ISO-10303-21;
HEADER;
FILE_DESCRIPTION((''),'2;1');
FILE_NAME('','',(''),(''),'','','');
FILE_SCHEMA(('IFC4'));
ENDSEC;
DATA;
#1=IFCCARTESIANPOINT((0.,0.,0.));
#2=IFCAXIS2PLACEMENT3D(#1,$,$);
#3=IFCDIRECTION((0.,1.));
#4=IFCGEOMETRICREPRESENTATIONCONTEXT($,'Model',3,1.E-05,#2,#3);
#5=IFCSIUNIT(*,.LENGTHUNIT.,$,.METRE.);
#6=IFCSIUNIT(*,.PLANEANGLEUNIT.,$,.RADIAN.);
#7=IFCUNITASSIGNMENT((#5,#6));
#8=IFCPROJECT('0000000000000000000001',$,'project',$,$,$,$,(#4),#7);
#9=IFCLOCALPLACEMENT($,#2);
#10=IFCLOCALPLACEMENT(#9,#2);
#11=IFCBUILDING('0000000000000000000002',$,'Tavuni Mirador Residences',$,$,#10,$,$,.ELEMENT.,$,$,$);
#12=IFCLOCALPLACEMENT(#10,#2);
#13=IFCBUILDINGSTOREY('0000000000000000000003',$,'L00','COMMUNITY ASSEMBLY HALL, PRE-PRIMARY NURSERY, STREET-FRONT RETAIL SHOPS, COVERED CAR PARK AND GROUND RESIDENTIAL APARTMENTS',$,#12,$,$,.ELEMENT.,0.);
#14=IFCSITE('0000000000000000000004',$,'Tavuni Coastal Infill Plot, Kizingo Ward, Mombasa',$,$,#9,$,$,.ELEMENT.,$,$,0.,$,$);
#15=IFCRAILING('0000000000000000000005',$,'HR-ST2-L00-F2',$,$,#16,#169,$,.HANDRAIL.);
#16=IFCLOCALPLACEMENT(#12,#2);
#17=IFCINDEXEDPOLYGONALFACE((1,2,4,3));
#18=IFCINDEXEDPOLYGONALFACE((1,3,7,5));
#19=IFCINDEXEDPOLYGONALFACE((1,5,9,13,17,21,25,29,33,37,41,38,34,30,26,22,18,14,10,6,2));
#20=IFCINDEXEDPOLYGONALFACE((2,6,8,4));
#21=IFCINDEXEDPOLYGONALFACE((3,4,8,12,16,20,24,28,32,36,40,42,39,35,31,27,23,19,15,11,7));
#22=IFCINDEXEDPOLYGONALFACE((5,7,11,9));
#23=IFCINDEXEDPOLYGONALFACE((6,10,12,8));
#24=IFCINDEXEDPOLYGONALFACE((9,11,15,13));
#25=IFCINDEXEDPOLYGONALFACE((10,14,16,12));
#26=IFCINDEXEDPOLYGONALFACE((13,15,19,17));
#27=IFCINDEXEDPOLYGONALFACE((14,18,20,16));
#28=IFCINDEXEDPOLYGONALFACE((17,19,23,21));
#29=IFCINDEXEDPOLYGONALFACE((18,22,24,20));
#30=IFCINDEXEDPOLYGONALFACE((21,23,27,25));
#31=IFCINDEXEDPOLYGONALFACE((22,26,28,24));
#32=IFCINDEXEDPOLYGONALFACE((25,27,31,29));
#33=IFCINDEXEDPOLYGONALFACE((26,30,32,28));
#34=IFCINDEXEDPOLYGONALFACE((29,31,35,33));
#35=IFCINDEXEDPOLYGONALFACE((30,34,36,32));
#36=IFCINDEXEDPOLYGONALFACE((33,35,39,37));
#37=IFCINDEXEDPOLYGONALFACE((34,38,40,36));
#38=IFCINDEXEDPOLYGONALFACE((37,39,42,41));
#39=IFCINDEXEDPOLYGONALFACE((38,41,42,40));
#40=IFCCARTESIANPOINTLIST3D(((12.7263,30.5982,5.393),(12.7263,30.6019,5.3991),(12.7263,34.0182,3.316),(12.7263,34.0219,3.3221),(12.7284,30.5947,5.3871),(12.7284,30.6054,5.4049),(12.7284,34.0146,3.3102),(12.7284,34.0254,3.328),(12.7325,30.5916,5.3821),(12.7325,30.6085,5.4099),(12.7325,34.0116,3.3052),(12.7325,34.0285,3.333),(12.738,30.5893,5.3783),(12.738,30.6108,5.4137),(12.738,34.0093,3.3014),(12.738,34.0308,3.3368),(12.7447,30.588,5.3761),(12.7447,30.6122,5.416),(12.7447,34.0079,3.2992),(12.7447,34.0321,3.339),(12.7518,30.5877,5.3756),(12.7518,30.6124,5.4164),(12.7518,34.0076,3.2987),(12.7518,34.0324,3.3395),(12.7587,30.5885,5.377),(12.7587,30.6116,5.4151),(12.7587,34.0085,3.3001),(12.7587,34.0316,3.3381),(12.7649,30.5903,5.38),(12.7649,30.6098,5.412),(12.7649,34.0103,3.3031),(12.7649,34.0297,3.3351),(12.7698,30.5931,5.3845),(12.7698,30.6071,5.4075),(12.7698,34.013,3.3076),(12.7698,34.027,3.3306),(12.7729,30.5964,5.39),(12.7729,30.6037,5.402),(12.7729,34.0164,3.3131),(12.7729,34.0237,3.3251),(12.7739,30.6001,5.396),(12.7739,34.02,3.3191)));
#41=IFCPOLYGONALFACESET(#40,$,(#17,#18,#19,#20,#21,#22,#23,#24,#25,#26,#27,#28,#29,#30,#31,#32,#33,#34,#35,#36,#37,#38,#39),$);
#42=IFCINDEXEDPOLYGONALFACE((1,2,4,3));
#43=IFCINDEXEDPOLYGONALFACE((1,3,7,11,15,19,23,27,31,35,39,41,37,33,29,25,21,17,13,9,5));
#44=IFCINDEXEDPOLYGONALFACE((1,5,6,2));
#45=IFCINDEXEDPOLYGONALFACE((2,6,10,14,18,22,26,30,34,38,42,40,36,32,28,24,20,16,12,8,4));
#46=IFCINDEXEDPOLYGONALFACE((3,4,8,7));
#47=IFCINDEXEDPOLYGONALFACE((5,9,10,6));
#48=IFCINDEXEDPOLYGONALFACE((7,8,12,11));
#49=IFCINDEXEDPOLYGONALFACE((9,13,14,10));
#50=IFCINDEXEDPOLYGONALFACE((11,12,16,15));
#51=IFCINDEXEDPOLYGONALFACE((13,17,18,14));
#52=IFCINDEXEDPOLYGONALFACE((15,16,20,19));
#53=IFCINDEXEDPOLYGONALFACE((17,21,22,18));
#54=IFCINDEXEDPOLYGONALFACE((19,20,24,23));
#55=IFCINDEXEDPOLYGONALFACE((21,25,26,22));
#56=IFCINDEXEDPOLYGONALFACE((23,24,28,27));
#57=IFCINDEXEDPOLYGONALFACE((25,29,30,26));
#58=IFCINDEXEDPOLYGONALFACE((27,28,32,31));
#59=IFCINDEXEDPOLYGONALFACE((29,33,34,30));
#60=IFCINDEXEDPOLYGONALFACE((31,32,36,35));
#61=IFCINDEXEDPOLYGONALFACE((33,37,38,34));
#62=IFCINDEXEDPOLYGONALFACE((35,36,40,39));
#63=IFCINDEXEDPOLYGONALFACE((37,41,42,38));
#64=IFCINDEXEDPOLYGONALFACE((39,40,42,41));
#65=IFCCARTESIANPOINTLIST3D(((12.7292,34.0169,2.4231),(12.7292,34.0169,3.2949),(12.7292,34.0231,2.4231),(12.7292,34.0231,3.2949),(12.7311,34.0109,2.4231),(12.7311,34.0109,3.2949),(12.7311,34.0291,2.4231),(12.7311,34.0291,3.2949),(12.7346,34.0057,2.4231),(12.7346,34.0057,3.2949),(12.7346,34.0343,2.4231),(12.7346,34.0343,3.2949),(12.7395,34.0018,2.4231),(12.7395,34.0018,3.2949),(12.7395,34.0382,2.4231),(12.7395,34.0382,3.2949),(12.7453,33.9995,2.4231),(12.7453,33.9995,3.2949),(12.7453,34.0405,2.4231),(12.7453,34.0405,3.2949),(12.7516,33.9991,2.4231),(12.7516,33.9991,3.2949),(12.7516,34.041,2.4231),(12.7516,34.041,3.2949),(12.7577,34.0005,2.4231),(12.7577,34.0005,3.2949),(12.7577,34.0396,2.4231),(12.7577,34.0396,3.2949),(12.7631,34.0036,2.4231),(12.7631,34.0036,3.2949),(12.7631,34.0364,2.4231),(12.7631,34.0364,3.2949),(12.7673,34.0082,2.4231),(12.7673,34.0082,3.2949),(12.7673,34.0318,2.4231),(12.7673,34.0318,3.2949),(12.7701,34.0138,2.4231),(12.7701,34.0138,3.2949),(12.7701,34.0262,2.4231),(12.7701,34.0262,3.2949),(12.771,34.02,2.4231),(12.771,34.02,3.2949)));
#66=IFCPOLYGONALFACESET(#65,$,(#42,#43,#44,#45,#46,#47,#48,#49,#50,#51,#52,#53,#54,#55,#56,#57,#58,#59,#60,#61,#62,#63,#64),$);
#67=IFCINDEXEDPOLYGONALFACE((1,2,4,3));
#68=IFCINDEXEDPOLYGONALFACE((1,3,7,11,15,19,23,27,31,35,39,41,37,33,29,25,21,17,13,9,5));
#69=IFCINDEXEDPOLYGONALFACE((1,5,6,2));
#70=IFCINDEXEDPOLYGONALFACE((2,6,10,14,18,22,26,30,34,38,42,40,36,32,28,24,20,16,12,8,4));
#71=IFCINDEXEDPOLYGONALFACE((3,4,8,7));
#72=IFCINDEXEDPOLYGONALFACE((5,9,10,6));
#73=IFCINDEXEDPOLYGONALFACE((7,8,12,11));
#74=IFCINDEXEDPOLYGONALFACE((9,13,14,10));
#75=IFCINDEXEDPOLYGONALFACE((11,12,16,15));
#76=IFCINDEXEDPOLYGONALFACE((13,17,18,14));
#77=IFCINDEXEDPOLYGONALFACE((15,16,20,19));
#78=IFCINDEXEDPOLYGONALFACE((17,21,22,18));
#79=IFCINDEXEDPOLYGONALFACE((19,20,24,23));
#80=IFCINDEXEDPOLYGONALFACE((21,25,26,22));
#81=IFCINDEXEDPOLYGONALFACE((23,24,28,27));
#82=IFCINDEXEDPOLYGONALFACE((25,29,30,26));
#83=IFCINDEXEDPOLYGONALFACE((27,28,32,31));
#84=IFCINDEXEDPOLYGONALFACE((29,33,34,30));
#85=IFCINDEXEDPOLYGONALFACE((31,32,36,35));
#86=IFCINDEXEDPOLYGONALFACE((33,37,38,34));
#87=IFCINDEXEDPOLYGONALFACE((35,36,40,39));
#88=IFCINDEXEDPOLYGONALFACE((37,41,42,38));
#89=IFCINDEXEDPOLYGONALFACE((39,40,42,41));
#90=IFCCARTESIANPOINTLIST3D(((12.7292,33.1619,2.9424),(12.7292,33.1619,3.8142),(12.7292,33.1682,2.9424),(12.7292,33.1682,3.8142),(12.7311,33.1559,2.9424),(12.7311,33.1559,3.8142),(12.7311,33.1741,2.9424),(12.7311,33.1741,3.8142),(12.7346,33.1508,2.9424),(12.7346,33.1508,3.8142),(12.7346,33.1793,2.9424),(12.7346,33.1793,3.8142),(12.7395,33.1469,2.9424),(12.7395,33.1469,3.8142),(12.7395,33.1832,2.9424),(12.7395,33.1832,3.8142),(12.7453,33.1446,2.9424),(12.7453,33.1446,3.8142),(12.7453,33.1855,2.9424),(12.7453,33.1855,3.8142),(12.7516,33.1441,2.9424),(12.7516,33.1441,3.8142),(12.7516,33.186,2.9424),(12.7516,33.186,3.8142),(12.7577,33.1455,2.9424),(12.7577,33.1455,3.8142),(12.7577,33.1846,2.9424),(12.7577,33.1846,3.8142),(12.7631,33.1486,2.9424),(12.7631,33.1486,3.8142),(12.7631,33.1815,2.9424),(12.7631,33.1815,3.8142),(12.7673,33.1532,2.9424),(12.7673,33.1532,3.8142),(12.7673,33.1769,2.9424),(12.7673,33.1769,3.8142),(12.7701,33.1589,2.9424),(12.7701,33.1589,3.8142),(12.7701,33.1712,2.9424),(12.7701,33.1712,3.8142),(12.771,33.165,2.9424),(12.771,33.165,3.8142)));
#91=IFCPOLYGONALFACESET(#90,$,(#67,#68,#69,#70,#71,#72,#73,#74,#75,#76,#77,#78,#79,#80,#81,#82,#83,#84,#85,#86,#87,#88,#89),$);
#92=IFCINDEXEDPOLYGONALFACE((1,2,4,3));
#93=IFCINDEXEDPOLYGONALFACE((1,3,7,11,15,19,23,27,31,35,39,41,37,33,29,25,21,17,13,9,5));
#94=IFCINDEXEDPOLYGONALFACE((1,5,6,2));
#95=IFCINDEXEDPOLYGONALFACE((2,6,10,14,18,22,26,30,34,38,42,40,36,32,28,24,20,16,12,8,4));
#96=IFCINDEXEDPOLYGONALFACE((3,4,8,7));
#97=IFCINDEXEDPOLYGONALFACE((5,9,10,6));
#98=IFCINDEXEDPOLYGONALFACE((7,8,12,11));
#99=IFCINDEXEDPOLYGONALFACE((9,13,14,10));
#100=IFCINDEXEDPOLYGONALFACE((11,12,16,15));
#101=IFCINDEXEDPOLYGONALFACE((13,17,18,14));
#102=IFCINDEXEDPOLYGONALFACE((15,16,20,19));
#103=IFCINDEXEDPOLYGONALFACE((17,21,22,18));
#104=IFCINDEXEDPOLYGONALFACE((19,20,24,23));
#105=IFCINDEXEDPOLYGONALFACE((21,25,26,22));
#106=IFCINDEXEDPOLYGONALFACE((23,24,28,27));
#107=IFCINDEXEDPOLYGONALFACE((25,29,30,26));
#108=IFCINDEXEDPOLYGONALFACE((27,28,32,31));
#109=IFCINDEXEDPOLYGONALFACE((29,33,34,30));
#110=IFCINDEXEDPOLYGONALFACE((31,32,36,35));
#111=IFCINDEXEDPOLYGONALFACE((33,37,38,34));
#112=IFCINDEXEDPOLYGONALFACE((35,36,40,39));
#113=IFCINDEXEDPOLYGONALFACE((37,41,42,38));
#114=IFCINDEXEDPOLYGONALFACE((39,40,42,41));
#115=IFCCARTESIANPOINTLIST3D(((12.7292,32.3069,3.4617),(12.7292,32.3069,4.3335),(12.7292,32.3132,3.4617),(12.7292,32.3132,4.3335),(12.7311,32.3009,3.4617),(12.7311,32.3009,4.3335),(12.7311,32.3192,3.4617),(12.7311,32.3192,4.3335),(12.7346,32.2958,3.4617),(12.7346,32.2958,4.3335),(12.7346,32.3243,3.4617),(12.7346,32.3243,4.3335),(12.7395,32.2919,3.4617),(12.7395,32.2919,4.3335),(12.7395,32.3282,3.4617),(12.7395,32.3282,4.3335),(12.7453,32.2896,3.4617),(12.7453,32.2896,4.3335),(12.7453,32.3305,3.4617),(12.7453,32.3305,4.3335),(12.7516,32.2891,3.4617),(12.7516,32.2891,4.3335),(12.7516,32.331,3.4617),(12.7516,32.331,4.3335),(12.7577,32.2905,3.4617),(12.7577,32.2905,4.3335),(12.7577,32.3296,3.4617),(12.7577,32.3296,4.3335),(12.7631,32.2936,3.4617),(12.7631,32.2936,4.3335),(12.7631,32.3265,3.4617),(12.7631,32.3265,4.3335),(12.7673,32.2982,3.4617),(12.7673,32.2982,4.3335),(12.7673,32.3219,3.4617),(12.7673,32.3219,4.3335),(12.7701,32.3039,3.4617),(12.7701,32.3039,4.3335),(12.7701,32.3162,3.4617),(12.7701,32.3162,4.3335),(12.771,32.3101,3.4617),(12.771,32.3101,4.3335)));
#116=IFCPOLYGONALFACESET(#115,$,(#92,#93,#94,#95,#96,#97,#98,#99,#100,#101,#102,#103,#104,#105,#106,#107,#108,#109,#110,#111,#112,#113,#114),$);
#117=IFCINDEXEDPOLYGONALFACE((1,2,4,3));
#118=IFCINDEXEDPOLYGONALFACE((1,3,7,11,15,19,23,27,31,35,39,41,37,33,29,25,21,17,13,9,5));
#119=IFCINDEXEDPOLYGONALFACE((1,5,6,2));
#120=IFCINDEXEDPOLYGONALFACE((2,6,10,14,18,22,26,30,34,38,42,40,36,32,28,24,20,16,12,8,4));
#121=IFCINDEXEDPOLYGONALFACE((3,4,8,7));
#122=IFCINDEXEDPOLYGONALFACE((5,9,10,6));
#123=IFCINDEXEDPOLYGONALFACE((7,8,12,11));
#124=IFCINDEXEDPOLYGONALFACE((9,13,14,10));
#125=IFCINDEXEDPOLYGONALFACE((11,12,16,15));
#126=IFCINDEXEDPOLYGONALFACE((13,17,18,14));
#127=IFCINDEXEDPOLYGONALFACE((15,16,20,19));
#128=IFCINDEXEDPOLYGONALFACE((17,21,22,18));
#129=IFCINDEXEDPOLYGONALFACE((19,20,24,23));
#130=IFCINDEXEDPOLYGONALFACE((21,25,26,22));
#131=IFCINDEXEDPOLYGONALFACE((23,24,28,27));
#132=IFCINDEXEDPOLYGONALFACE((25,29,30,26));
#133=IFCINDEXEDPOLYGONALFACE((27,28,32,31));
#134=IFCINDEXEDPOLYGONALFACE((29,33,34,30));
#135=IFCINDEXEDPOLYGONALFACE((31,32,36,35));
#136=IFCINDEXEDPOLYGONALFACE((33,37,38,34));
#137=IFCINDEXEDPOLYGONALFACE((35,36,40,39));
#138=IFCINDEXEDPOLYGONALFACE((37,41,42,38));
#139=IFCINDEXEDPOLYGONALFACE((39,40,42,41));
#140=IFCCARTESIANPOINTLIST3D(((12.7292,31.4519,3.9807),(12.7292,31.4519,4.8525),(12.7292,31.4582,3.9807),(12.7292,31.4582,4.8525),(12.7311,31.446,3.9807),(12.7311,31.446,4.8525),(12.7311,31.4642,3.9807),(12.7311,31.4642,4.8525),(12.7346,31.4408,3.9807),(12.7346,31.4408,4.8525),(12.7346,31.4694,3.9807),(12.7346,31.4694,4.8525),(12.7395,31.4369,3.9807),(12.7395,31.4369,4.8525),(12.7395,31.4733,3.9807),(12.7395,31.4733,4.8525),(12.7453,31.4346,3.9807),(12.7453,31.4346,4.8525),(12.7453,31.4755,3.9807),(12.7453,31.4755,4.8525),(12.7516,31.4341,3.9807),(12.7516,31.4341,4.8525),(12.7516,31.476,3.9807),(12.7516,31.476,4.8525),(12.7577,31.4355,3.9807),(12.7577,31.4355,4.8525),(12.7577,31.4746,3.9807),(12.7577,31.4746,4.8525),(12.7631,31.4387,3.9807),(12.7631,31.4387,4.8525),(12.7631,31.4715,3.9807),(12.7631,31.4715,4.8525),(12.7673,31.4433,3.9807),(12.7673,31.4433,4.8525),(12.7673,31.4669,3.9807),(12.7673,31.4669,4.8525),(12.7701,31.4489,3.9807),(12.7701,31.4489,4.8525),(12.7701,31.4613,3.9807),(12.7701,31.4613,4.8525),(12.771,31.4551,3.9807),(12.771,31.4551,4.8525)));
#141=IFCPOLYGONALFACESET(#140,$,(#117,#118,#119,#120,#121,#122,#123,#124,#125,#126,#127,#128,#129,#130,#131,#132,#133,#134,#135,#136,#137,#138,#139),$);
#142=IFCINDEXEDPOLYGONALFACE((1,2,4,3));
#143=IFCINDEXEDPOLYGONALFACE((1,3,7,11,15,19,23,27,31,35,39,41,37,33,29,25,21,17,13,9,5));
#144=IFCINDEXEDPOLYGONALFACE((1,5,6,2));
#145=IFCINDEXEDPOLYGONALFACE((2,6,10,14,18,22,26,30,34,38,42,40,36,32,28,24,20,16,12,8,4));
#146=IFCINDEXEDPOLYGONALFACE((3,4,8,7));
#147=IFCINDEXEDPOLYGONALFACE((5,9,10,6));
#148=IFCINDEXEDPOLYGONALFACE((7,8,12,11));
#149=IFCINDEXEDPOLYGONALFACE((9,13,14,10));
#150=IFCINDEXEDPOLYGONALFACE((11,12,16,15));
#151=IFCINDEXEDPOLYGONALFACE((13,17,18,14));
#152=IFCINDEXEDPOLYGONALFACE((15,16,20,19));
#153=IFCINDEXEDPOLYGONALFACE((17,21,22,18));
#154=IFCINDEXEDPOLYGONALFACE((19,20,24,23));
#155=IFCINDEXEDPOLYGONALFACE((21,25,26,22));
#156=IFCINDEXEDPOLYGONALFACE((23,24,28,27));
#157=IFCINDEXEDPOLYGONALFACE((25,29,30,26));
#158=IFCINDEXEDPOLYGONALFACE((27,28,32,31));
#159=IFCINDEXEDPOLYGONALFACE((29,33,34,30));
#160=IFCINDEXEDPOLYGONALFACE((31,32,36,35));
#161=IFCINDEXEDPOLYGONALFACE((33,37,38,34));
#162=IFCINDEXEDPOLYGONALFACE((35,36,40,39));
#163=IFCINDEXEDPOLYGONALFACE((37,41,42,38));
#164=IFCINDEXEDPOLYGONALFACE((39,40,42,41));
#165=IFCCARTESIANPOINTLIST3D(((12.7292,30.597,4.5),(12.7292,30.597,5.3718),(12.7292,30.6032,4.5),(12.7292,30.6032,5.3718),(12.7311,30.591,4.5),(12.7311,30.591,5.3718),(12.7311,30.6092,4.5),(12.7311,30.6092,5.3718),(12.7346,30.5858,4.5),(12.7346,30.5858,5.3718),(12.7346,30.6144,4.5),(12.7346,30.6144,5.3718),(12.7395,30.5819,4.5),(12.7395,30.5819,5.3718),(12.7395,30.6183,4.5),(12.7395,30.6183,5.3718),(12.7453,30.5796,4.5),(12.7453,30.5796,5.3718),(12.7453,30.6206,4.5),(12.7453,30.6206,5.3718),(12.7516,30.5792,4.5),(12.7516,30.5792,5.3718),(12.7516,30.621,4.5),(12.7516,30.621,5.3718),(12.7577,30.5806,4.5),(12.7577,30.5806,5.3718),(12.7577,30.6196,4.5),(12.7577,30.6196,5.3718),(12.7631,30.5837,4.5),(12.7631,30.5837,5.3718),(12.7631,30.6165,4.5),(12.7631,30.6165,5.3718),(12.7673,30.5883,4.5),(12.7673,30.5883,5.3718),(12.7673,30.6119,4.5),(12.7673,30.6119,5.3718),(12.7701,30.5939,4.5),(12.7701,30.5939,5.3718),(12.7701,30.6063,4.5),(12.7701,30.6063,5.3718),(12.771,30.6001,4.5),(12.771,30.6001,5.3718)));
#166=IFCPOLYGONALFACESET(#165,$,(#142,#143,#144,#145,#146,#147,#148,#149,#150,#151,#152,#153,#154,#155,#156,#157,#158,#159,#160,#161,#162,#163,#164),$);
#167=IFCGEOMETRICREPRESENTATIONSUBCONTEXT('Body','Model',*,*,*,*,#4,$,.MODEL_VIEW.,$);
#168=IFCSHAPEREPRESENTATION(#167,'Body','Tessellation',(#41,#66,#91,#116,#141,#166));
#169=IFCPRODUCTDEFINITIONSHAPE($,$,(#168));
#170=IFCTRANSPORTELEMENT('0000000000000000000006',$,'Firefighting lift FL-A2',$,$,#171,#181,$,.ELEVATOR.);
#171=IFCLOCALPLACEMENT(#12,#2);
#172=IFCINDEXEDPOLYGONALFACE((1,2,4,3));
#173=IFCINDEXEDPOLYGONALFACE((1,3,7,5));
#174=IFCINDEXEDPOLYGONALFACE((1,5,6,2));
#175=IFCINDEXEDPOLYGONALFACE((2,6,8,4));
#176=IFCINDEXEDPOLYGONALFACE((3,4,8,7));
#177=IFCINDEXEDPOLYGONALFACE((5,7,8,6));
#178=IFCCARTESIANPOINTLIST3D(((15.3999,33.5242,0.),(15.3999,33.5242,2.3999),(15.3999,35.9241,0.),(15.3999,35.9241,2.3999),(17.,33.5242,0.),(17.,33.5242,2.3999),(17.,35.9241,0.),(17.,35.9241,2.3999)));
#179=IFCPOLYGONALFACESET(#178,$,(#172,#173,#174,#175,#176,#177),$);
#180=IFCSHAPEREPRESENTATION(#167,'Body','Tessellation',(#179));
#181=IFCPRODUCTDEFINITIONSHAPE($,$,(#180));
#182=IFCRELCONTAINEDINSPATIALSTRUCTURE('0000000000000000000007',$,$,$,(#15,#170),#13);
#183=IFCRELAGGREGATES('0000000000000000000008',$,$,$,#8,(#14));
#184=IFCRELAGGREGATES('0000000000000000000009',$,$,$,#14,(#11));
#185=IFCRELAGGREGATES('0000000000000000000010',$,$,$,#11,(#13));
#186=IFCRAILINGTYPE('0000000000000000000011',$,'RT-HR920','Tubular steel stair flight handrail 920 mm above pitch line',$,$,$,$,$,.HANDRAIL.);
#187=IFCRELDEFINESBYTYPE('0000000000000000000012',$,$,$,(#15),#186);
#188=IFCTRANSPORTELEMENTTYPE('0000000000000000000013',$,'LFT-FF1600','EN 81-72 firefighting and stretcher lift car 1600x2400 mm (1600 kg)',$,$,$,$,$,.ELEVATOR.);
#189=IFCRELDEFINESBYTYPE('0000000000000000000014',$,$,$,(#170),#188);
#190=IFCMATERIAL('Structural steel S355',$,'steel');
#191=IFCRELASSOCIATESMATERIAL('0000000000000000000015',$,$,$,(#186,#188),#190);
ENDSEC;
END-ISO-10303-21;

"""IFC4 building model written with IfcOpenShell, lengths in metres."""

from ifc_helpers import new_model, si_unit, direction, frame, origin, origin_2d, place, context, subcontext, project, spatial, rectangle, circle, extrude, material, type_object, element, save


model = new_model("IFC4")

# Units and contexts
model_context = context("Model", 3, precision=1e-05, world=origin(), true_north=direction((0.0, 1.0)))
body_context = subcontext(model_context, "Body", "Model", "MODEL_VIEW")
ifc_project = project(units=[si_unit("LENGTHUNIT", "METRE"), si_unit("PLANEANGLEUNIT", "RADIAN")], contexts=[model_context])

# Site, building, storey
site_placement = place(None, origin())
site = spatial("IfcSite", under=ifc_project, at=site_placement, Name="Tavuni Coastal Infill Plot, Kizingo Ward, Mombasa", CompositionType="ELEMENT", RefElevation=0.0)
building_placement = place(site_placement, origin())
building = spatial("IfcBuilding", under=site, at=building_placement, Name="Tavuni Mirador Residences", CompositionType="ELEMENT")
storey_placement = place(building_placement, origin())
storey = spatial("IfcBuildingStorey", under=building, at=storey_placement, Name="L00", Description="COMMUNITY ASSEMBLY HALL, PRE-PRIMARY NURSERY, STREET-FRONT RETAIL SHOPS, COVERED CAR PARK AND GROUND RESIDENTIAL APARTMENTS", CompositionType="ELEMENT", Elevation=0.0)

# Shared definitions
ifc_material_1 = material(Name="Structural steel S355", Category="steel")

# Railing
railing_type_1 = type_object("IfcRailingType", Name="RT-HR920", Description="Tubular steel stair flight handrail 920 mm above pitch line", PredefinedType="HANDRAIL", material=ifc_material_1)
railing_1_placement = place(storey_placement, frame((12.75, 34.02, 2.4231)))
element("IfcRailing", 1, at=railing_1_placement, inside=storey, type_object=railing_type_1, Name="HR-ST2-L00-F2", PredefinedType="HANDRAIL", context=body_context, shape_type="SweptSolid", body=[
    extrude(circle(Radius=0.0239, at=origin_2d()), frame((0.0, 0.0, 0.896), z_axis=(0.0, -0.85473, 0.519074), x_axis=(1.0, 0.0, 0.0)), (0.0, 0.0, 1.0), 4.0012),
    extrude(circle(Radius=0.021, at=origin_2d()), origin(), (0.0, 0.0, 1.0), 0.8718),
    extrude(circle(Radius=0.021, at=origin_2d()), frame((0.0, -0.855, 0.5193)), (0.0, 0.0, 1.0), 0.8718),
    extrude(circle(Radius=0.021, at=origin_2d()), frame((0.0, -1.71, 1.0386)), (0.0, 0.0, 1.0), 0.8718),
    extrude(circle(Radius=0.021, at=origin_2d()), frame((0.0, -2.5649, 1.5576)), (0.0, 0.0, 1.0), 0.8718),
    extrude(circle(Radius=0.021, at=origin_2d()), frame((0.0, -3.4199, 2.0769)), (0.0, 0.0, 1.0), 0.8718),
])

# Transport element
transport_element_type = type_object("IfcTransportElementType", Name="LFT-FF1600", Description="EN 81-72 firefighting and stretcher lift car 1600x2400 mm (1600 kg)", PredefinedType="ELEVATOR", material=ifc_material_1)
transport_element_placement = place(storey_placement, frame((16.2, 34.7241, 0.0), z_axis=(0.0, 0.0, 1.0), x_axis=(1.0, 0.0, 0.0)))
element("IfcTransportElement", 2, at=transport_element_placement, inside=storey, type_object=transport_element_type, Name="Firefighting lift FL-A2", PredefinedType="ELEVATOR", context=body_context, shape_type="SweptSolid", body=[
    extrude(rectangle(XDim=1.6001, YDim=2.3999, at=origin_2d()), origin(), (0.0, 0.0, 1.0), 2.3999),
])

save(model, "model.ifc")
